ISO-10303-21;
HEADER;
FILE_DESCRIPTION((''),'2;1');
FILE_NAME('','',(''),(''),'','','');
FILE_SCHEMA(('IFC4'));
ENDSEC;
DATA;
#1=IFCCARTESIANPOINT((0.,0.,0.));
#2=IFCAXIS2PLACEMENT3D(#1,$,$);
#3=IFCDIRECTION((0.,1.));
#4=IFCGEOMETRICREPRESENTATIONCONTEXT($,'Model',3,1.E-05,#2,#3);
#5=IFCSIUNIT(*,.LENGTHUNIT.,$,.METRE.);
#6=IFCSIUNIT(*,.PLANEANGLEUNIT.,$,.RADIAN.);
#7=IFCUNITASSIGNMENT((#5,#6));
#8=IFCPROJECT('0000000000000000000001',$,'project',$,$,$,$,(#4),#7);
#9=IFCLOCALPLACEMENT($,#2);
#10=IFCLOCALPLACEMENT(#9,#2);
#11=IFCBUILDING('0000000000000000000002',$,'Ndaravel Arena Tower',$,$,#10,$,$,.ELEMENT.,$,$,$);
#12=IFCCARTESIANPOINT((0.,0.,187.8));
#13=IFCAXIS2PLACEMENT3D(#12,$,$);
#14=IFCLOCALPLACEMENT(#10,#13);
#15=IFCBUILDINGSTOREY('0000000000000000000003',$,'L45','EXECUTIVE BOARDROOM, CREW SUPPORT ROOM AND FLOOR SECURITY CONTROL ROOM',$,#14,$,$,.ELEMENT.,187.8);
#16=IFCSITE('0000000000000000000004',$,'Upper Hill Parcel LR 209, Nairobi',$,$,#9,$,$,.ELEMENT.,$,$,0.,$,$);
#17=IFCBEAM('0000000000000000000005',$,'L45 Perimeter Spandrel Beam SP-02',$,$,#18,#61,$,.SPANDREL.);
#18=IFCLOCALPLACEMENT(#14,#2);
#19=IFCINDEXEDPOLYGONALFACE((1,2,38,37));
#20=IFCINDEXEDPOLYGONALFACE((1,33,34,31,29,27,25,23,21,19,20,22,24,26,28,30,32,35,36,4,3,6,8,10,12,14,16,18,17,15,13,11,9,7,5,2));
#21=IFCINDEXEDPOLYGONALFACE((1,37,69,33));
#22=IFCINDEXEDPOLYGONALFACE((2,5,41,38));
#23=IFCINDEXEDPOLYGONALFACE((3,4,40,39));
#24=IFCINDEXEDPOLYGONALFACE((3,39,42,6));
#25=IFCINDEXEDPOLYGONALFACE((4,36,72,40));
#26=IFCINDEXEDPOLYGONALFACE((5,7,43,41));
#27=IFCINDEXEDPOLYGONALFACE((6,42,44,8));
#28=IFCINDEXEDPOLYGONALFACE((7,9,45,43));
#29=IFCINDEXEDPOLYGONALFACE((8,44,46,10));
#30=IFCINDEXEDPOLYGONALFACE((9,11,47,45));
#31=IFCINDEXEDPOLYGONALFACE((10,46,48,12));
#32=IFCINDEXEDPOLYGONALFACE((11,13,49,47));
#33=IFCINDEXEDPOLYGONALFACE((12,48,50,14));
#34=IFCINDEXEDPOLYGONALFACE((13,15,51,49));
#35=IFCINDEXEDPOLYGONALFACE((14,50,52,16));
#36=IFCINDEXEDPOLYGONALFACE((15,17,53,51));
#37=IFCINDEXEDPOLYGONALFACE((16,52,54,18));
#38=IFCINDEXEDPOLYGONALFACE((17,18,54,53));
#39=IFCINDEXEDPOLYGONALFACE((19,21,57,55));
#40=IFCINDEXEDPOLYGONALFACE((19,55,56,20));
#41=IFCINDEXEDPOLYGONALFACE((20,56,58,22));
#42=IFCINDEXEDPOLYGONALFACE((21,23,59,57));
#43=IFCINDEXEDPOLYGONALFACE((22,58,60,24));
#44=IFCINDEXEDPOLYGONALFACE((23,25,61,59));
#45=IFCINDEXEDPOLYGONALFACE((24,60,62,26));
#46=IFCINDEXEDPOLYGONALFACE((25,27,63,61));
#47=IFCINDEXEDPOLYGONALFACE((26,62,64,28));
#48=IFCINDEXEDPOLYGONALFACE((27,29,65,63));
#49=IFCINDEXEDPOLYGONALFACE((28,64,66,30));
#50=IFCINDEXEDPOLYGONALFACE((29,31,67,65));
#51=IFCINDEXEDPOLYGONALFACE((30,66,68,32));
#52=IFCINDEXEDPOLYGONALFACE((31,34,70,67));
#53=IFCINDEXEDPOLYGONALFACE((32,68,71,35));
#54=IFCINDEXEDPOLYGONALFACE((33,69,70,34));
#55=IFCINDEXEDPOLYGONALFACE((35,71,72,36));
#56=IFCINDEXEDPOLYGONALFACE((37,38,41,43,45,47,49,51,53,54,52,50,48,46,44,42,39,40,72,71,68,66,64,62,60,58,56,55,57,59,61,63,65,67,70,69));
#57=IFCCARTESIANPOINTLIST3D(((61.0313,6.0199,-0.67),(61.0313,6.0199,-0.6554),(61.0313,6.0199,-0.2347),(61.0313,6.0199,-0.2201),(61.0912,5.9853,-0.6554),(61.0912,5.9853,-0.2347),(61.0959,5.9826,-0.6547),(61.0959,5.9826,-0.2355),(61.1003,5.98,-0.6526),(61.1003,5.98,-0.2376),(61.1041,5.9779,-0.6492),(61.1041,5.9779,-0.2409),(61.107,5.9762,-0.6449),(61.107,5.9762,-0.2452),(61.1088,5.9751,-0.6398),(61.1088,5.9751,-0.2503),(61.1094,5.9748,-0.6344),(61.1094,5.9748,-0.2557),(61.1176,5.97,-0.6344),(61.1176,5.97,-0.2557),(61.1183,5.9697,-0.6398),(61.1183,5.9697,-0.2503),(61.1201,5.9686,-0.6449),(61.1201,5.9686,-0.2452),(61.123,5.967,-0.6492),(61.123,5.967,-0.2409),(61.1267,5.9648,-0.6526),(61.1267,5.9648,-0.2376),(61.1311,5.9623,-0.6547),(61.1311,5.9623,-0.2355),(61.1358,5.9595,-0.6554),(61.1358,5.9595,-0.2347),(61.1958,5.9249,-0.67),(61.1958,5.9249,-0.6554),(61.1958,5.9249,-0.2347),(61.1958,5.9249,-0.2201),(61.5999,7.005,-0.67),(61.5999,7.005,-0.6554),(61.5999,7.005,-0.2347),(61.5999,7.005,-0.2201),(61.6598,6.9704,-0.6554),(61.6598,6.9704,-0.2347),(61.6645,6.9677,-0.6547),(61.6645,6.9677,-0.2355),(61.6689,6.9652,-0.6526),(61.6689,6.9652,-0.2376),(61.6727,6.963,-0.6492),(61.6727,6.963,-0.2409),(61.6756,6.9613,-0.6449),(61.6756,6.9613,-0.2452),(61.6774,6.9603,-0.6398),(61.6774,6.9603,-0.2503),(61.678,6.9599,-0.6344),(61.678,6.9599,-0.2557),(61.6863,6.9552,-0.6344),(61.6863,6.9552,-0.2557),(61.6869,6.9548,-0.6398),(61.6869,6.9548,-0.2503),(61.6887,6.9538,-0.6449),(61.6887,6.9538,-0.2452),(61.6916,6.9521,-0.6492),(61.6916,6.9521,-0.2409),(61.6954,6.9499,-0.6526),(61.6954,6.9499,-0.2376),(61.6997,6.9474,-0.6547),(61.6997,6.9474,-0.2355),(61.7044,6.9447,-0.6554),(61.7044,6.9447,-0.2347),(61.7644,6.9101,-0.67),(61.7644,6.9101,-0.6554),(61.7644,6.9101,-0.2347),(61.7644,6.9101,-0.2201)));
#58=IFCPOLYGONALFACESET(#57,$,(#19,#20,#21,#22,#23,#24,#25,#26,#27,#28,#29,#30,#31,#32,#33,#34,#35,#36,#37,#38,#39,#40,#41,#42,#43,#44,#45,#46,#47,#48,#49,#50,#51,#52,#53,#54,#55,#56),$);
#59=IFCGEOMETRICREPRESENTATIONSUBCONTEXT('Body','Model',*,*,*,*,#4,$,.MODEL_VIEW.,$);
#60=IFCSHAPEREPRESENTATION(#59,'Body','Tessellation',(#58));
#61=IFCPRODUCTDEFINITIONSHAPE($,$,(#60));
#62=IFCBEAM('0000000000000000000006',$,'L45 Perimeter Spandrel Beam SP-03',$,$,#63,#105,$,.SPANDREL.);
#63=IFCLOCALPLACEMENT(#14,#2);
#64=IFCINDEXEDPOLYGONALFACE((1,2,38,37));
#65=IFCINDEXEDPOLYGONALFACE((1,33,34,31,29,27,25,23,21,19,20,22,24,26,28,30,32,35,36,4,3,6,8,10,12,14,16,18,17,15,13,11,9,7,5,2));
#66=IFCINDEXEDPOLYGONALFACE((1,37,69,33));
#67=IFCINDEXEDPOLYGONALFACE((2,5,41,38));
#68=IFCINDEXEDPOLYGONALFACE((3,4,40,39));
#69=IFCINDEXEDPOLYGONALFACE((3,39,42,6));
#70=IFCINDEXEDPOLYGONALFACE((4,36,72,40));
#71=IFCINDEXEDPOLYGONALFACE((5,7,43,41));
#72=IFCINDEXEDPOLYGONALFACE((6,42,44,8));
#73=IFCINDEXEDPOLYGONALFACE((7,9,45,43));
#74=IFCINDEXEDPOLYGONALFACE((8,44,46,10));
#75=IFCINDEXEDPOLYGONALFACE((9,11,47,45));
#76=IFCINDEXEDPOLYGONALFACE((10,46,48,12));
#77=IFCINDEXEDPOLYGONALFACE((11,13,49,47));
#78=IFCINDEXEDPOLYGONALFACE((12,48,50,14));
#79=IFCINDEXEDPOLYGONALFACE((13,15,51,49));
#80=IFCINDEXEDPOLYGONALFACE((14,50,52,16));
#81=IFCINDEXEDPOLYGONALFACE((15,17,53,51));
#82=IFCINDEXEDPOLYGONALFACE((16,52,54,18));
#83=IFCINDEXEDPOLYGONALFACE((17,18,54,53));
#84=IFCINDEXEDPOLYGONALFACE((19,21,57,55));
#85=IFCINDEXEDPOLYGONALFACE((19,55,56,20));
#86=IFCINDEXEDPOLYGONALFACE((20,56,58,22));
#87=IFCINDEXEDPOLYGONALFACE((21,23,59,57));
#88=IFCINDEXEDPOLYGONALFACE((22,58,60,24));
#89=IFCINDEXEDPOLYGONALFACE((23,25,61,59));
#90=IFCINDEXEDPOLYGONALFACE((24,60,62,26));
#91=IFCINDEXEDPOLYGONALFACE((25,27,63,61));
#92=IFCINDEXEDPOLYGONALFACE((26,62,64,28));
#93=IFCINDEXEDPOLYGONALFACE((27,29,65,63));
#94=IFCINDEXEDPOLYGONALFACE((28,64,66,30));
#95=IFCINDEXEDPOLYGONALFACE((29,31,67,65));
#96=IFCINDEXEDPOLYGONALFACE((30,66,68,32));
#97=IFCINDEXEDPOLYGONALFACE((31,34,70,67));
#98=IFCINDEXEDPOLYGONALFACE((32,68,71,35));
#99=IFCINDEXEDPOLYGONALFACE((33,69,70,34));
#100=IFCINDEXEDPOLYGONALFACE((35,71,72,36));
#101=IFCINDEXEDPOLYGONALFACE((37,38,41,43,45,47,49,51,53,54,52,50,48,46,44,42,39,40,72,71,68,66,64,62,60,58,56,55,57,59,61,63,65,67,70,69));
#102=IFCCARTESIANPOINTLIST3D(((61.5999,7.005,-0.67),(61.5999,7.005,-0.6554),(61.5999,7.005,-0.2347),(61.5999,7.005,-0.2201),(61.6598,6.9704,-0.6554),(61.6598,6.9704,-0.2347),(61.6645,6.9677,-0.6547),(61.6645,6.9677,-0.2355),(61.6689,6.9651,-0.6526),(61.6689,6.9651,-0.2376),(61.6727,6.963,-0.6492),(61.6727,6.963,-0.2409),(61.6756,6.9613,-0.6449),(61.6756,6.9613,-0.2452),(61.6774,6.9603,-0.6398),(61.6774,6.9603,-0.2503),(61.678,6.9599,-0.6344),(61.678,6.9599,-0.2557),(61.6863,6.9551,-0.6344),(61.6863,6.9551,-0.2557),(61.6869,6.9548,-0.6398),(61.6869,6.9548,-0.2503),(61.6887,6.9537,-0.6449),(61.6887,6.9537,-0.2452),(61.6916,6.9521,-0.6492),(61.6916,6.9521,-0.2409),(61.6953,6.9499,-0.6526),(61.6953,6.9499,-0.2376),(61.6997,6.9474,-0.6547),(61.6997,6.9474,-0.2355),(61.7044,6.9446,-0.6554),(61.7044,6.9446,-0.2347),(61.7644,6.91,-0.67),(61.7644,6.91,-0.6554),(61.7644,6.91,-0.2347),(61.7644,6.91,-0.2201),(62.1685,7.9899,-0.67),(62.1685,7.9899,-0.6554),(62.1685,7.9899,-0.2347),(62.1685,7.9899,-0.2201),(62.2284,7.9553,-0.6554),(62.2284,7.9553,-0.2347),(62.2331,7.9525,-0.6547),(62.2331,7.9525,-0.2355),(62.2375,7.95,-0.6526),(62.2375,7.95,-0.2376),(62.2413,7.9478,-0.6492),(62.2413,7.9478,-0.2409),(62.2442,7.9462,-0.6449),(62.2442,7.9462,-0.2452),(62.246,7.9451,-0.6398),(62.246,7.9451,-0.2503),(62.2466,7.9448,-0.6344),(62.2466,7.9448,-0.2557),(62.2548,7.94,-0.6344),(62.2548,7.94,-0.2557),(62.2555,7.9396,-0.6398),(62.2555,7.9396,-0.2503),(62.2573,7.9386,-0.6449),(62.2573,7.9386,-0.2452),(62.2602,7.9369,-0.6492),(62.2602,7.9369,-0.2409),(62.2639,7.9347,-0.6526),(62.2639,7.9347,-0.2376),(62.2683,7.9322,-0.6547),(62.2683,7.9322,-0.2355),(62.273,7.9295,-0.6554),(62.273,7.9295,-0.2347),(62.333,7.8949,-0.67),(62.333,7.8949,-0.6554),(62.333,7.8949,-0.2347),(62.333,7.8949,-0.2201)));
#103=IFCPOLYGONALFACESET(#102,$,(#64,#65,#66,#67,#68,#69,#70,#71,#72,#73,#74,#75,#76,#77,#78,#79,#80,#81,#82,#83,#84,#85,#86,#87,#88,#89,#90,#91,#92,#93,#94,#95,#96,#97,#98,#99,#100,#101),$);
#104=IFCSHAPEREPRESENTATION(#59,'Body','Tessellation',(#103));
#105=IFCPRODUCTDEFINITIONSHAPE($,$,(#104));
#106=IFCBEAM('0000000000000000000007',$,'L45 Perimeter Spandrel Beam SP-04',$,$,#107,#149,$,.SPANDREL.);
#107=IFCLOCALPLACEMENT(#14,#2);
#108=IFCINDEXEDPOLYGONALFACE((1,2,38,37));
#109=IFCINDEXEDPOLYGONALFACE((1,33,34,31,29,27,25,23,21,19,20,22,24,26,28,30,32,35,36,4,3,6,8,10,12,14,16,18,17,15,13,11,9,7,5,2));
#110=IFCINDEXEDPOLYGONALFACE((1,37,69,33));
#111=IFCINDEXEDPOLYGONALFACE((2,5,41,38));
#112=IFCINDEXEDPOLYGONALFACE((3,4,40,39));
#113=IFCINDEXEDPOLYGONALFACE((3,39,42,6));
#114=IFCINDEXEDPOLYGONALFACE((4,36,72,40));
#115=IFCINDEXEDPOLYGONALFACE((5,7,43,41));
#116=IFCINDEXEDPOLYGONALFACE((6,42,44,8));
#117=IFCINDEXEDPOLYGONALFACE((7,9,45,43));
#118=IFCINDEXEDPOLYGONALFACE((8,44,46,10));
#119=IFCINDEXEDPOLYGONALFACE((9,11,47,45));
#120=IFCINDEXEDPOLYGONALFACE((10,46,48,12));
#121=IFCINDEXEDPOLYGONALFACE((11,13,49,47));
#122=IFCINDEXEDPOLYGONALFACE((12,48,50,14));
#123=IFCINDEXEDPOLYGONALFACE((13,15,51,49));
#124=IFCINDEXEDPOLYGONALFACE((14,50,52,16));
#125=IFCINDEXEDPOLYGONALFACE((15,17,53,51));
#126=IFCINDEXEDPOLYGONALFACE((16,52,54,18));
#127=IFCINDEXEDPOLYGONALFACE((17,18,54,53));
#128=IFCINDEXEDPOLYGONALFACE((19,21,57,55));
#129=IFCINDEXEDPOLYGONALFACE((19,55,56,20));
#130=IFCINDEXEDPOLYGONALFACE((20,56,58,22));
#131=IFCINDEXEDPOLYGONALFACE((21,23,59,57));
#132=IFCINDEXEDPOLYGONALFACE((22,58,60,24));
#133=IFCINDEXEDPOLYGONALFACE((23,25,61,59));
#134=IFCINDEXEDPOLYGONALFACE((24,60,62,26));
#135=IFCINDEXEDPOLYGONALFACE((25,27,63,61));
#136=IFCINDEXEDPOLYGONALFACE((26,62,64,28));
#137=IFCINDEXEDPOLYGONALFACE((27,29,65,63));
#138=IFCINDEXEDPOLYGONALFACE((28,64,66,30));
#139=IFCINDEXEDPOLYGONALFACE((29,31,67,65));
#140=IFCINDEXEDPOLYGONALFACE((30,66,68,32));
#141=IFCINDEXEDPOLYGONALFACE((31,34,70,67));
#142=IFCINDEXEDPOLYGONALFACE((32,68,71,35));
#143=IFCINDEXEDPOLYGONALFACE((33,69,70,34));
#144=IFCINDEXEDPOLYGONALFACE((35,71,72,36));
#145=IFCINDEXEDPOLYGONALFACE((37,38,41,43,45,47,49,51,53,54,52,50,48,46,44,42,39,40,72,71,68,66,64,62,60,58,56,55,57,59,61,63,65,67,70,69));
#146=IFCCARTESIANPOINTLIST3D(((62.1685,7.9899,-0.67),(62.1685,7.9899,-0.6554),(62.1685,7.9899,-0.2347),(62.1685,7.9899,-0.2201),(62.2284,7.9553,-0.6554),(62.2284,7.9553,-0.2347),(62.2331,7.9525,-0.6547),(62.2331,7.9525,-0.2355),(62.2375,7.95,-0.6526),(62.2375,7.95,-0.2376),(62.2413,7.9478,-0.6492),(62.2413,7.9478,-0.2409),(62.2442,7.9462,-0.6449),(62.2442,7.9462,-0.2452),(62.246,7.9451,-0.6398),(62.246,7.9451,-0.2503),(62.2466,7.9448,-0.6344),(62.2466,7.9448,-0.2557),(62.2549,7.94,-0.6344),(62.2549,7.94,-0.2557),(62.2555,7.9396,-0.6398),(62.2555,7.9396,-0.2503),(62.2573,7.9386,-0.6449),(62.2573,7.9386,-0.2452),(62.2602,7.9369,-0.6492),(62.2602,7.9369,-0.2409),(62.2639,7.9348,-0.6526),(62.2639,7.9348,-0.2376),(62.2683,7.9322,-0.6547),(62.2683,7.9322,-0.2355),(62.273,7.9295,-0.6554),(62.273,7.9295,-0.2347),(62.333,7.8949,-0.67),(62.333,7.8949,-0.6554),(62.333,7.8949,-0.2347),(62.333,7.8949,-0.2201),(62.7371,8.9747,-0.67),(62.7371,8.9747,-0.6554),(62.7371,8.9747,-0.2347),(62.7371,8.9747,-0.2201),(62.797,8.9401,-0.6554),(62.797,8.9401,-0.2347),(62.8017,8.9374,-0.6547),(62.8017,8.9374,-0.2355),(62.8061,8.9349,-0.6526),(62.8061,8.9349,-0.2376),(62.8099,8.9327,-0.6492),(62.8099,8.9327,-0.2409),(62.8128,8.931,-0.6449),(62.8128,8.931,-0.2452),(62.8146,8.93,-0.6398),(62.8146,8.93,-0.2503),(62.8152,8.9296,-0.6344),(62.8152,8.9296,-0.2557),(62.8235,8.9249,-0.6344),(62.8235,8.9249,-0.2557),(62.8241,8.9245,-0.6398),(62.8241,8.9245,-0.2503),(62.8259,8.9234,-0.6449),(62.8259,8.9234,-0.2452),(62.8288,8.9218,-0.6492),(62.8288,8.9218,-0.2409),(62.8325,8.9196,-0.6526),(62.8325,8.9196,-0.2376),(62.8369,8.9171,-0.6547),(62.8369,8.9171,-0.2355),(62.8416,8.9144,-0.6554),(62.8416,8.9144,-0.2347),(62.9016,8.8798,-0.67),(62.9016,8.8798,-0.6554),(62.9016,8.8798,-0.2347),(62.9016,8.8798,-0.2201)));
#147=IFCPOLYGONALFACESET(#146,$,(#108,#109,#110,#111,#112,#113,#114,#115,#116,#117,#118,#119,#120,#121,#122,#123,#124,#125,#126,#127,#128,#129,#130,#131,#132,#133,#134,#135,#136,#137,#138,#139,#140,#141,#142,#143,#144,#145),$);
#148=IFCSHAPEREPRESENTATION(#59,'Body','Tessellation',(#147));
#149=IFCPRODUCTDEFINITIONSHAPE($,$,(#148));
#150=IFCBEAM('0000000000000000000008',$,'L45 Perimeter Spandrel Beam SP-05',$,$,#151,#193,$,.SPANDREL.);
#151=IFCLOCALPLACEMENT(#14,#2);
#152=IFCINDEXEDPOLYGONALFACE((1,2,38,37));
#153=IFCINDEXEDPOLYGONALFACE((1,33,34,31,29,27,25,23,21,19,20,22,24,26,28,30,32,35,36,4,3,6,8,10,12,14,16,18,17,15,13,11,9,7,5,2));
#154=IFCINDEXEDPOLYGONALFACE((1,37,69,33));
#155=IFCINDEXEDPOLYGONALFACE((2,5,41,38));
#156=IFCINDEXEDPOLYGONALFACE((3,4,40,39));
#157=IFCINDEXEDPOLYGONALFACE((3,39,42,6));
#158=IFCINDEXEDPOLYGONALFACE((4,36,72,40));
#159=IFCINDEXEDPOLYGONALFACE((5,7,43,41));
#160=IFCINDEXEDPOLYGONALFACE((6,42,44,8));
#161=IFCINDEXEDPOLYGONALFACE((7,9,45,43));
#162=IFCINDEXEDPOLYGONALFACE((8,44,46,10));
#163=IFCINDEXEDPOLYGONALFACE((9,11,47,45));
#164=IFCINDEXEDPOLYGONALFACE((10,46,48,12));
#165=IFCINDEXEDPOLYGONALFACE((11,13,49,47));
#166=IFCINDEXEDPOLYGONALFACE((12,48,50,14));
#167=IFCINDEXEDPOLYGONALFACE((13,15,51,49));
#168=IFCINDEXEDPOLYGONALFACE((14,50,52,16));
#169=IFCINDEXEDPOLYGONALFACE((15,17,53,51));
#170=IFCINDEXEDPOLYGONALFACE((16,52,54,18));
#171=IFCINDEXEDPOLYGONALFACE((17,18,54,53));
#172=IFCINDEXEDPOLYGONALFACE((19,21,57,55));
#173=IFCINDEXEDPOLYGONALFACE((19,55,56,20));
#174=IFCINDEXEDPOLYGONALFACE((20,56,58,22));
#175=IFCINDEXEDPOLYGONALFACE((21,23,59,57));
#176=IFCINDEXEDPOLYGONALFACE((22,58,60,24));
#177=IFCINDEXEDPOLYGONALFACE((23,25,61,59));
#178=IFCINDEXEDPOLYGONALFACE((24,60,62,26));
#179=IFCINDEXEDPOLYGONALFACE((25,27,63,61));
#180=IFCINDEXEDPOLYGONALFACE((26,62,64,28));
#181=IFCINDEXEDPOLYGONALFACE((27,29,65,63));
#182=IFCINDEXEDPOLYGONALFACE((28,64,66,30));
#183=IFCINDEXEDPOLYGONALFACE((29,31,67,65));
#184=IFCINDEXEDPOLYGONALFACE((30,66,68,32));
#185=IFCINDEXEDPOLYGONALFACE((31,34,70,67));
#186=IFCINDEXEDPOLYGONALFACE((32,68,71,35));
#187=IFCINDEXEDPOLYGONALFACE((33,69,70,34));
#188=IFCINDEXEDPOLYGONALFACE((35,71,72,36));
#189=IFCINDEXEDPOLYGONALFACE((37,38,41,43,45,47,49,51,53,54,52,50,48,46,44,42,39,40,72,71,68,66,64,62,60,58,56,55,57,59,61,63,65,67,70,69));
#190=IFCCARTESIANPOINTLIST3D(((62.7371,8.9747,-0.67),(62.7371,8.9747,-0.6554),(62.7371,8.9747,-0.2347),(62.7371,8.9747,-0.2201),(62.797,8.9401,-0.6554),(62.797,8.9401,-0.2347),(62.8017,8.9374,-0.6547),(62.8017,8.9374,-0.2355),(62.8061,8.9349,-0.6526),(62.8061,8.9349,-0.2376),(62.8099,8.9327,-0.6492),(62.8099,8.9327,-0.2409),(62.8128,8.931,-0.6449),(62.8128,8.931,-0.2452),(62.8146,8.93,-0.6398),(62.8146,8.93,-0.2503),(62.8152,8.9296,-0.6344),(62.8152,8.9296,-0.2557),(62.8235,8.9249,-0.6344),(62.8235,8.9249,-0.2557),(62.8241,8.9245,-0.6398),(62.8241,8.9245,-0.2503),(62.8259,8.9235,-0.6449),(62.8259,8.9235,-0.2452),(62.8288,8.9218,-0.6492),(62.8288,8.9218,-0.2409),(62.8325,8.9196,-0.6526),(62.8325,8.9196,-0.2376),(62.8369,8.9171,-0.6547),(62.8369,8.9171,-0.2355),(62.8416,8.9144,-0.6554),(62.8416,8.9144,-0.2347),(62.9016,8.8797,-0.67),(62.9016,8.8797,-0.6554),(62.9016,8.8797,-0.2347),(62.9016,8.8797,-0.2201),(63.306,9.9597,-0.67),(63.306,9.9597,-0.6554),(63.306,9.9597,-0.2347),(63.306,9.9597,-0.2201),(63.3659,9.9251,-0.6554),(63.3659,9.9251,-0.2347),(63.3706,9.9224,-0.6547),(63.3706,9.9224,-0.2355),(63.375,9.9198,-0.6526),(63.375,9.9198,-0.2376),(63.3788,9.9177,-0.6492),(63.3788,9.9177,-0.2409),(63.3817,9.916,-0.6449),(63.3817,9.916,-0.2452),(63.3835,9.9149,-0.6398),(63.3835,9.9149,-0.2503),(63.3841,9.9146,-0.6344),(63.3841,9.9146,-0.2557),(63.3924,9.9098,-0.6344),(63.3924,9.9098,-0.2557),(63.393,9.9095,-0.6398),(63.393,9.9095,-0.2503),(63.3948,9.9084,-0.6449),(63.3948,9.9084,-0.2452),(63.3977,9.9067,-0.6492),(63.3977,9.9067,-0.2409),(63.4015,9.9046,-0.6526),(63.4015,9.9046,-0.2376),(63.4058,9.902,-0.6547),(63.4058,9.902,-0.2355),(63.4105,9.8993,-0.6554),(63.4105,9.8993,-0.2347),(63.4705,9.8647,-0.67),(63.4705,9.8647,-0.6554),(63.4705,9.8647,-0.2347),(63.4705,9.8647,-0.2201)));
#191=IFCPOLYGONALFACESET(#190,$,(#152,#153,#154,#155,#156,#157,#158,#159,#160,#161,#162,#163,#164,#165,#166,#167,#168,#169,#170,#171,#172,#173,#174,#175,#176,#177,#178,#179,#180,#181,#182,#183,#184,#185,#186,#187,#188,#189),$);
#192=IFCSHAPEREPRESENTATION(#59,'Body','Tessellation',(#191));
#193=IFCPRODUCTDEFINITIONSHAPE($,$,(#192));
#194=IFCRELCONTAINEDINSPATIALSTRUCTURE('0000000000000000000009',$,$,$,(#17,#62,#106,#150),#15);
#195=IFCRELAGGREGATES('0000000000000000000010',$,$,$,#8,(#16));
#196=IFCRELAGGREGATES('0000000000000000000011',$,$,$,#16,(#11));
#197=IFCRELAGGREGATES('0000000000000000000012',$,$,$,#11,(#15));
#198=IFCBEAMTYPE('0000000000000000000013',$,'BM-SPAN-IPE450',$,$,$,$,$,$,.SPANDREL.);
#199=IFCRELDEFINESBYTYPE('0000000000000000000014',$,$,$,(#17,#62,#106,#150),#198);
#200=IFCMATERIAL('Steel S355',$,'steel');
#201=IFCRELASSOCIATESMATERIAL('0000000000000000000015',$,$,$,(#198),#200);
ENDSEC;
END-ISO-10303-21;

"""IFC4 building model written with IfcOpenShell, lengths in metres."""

from ifc_helpers import new_model, si_unit, direction, frame, origin, origin_2d, place, context, subcontext, project, spatial, i_section, extrude, material, material_profile, profile_set, type_object, element, save


model = new_model("IFC4")

# Units and contexts
model_context = context("Model", 3, precision=1e-05, world=origin(), true_north=direction((0.0, 1.0)))
body_context = subcontext(model_context, "Body", "Model", "MODEL_VIEW")
ifc_project = project(units=[si_unit("LENGTHUNIT", "METRE"), si_unit("PLANEANGLEUNIT", "RADIAN")], contexts=[model_context])

# Site, building, storey
site_placement = place(None, origin())
site = spatial("IfcSite", under=ifc_project, at=site_placement, Name="Upper Hill Parcel LR 209, Nairobi", CompositionType="ELEMENT", RefElevation=0.0)
building_placement = place(site_placement, origin())
building = spatial("IfcBuilding", under=site, at=building_placement, Name="Ndaravel Arena Tower", CompositionType="ELEMENT")
storey_placement = place(building_placement, frame((0.0, 0.0, 187.8)))
storey = spatial("IfcBuildingStorey", under=building, at=storey_placement, Name="L45", Description="EXECUTIVE BOARDROOM, CREW SUPPORT ROOM AND FLOOR SECURITY CONTROL ROOM", CompositionType="ELEMENT", Elevation=187.8)

# Beams
ifc_material_1 = material(Name="Steel S355", Category="steel")
ifc_material_profile_1 = material_profile(ifc_material_1, i_section(OverallWidth=0.1899, OverallDepth=0.45, WebThickness=0.0095, FlangeThickness=0.0146, FilletRadius=0.021, at=origin_2d()), Name="IPE 450")
ifc_profile_set_1 = profile_set([ifc_material_profile_1], Name="Steel S355")
beam_type = type_object("IfcBeamType", Name="BM-SPAN-IPE450", PredefinedType="SPANDREL", material=ifc_profile_set_1)
beam_1_placement = place(storey_placement, frame((61.1135, 5.9724, -0.4451), z_axis=(0.499902, 0.866082, 0.0), x_axis=(-0.866082, 0.499902, 0.0)))
element("IfcBeam", 1, at=beam_1_placement, inside=storey, type_object=beam_type, Name="L45 Perimeter Spandrel Beam SP-02", PredefinedType="SPANDREL", context=body_context, shape_type="SweptSolid", body=[
    extrude(i_section(OverallWidth=0.1899, OverallDepth=0.45, WebThickness=0.0095, FlangeThickness=0.0146, FilletRadius=0.021, at=origin_2d()), origin(), (0.0, 0.0, 1.0), 1.1375),
])
for number, where, z_axis, x_axis, name in (
    (2, (61.6821, 6.9575, -0.4451), (0.499995, 0.866028, 0.0), (-0.866028, 0.499995, 0.0), "L45 Perimeter Spandrel Beam SP-03"),
    (3, (62.2507, 7.9424, -0.4451), (0.499995, 0.866028, 0.0), (-0.866028, 0.499995, 0.0), "L45 Perimeter Spandrel Beam SP-04"),
):
    element("IfcBeam", number, at=place(storey_placement, frame(where, z_axis=z_axis, x_axis=x_axis)), inside=storey, type_object=beam_type, Name=name, PredefinedType="SPANDREL", context=body_context, shape_type="SweptSolid", body=[
        extrude(i_section(OverallWidth=0.1899, OverallDepth=0.45, WebThickness=0.0095, FlangeThickness=0.0146, FilletRadius=0.021, at=origin_2d()), origin(), (0.0, 0.0, 1.0), 1.1372),
    ])
for number, where, z_axis, x_axis, name in (
    (4, (62.8193, 8.9272, -0.4451), (0.500156, 0.865935, 0.0), (-0.865935, 0.500156, 0.0), "L45 Perimeter Spandrel Beam SP-05"),
):
    element("IfcBeam", number, at=place(storey_placement, frame(where, z_axis=z_axis, x_axis=x_axis)), inside=storey, type_object=beam_type, Name=name, PredefinedType="SPANDREL", context=body_context, shape_type="SweptSolid", body=[
        extrude(i_section(OverallWidth=0.1899, OverallDepth=0.45, WebThickness=0.0095, FlangeThickness=0.0146, FilletRadius=0.021, at=origin_2d()), origin(), (0.0, 0.0, 1.0), 1.1375),
    ])

save(model, "model.ifc")
